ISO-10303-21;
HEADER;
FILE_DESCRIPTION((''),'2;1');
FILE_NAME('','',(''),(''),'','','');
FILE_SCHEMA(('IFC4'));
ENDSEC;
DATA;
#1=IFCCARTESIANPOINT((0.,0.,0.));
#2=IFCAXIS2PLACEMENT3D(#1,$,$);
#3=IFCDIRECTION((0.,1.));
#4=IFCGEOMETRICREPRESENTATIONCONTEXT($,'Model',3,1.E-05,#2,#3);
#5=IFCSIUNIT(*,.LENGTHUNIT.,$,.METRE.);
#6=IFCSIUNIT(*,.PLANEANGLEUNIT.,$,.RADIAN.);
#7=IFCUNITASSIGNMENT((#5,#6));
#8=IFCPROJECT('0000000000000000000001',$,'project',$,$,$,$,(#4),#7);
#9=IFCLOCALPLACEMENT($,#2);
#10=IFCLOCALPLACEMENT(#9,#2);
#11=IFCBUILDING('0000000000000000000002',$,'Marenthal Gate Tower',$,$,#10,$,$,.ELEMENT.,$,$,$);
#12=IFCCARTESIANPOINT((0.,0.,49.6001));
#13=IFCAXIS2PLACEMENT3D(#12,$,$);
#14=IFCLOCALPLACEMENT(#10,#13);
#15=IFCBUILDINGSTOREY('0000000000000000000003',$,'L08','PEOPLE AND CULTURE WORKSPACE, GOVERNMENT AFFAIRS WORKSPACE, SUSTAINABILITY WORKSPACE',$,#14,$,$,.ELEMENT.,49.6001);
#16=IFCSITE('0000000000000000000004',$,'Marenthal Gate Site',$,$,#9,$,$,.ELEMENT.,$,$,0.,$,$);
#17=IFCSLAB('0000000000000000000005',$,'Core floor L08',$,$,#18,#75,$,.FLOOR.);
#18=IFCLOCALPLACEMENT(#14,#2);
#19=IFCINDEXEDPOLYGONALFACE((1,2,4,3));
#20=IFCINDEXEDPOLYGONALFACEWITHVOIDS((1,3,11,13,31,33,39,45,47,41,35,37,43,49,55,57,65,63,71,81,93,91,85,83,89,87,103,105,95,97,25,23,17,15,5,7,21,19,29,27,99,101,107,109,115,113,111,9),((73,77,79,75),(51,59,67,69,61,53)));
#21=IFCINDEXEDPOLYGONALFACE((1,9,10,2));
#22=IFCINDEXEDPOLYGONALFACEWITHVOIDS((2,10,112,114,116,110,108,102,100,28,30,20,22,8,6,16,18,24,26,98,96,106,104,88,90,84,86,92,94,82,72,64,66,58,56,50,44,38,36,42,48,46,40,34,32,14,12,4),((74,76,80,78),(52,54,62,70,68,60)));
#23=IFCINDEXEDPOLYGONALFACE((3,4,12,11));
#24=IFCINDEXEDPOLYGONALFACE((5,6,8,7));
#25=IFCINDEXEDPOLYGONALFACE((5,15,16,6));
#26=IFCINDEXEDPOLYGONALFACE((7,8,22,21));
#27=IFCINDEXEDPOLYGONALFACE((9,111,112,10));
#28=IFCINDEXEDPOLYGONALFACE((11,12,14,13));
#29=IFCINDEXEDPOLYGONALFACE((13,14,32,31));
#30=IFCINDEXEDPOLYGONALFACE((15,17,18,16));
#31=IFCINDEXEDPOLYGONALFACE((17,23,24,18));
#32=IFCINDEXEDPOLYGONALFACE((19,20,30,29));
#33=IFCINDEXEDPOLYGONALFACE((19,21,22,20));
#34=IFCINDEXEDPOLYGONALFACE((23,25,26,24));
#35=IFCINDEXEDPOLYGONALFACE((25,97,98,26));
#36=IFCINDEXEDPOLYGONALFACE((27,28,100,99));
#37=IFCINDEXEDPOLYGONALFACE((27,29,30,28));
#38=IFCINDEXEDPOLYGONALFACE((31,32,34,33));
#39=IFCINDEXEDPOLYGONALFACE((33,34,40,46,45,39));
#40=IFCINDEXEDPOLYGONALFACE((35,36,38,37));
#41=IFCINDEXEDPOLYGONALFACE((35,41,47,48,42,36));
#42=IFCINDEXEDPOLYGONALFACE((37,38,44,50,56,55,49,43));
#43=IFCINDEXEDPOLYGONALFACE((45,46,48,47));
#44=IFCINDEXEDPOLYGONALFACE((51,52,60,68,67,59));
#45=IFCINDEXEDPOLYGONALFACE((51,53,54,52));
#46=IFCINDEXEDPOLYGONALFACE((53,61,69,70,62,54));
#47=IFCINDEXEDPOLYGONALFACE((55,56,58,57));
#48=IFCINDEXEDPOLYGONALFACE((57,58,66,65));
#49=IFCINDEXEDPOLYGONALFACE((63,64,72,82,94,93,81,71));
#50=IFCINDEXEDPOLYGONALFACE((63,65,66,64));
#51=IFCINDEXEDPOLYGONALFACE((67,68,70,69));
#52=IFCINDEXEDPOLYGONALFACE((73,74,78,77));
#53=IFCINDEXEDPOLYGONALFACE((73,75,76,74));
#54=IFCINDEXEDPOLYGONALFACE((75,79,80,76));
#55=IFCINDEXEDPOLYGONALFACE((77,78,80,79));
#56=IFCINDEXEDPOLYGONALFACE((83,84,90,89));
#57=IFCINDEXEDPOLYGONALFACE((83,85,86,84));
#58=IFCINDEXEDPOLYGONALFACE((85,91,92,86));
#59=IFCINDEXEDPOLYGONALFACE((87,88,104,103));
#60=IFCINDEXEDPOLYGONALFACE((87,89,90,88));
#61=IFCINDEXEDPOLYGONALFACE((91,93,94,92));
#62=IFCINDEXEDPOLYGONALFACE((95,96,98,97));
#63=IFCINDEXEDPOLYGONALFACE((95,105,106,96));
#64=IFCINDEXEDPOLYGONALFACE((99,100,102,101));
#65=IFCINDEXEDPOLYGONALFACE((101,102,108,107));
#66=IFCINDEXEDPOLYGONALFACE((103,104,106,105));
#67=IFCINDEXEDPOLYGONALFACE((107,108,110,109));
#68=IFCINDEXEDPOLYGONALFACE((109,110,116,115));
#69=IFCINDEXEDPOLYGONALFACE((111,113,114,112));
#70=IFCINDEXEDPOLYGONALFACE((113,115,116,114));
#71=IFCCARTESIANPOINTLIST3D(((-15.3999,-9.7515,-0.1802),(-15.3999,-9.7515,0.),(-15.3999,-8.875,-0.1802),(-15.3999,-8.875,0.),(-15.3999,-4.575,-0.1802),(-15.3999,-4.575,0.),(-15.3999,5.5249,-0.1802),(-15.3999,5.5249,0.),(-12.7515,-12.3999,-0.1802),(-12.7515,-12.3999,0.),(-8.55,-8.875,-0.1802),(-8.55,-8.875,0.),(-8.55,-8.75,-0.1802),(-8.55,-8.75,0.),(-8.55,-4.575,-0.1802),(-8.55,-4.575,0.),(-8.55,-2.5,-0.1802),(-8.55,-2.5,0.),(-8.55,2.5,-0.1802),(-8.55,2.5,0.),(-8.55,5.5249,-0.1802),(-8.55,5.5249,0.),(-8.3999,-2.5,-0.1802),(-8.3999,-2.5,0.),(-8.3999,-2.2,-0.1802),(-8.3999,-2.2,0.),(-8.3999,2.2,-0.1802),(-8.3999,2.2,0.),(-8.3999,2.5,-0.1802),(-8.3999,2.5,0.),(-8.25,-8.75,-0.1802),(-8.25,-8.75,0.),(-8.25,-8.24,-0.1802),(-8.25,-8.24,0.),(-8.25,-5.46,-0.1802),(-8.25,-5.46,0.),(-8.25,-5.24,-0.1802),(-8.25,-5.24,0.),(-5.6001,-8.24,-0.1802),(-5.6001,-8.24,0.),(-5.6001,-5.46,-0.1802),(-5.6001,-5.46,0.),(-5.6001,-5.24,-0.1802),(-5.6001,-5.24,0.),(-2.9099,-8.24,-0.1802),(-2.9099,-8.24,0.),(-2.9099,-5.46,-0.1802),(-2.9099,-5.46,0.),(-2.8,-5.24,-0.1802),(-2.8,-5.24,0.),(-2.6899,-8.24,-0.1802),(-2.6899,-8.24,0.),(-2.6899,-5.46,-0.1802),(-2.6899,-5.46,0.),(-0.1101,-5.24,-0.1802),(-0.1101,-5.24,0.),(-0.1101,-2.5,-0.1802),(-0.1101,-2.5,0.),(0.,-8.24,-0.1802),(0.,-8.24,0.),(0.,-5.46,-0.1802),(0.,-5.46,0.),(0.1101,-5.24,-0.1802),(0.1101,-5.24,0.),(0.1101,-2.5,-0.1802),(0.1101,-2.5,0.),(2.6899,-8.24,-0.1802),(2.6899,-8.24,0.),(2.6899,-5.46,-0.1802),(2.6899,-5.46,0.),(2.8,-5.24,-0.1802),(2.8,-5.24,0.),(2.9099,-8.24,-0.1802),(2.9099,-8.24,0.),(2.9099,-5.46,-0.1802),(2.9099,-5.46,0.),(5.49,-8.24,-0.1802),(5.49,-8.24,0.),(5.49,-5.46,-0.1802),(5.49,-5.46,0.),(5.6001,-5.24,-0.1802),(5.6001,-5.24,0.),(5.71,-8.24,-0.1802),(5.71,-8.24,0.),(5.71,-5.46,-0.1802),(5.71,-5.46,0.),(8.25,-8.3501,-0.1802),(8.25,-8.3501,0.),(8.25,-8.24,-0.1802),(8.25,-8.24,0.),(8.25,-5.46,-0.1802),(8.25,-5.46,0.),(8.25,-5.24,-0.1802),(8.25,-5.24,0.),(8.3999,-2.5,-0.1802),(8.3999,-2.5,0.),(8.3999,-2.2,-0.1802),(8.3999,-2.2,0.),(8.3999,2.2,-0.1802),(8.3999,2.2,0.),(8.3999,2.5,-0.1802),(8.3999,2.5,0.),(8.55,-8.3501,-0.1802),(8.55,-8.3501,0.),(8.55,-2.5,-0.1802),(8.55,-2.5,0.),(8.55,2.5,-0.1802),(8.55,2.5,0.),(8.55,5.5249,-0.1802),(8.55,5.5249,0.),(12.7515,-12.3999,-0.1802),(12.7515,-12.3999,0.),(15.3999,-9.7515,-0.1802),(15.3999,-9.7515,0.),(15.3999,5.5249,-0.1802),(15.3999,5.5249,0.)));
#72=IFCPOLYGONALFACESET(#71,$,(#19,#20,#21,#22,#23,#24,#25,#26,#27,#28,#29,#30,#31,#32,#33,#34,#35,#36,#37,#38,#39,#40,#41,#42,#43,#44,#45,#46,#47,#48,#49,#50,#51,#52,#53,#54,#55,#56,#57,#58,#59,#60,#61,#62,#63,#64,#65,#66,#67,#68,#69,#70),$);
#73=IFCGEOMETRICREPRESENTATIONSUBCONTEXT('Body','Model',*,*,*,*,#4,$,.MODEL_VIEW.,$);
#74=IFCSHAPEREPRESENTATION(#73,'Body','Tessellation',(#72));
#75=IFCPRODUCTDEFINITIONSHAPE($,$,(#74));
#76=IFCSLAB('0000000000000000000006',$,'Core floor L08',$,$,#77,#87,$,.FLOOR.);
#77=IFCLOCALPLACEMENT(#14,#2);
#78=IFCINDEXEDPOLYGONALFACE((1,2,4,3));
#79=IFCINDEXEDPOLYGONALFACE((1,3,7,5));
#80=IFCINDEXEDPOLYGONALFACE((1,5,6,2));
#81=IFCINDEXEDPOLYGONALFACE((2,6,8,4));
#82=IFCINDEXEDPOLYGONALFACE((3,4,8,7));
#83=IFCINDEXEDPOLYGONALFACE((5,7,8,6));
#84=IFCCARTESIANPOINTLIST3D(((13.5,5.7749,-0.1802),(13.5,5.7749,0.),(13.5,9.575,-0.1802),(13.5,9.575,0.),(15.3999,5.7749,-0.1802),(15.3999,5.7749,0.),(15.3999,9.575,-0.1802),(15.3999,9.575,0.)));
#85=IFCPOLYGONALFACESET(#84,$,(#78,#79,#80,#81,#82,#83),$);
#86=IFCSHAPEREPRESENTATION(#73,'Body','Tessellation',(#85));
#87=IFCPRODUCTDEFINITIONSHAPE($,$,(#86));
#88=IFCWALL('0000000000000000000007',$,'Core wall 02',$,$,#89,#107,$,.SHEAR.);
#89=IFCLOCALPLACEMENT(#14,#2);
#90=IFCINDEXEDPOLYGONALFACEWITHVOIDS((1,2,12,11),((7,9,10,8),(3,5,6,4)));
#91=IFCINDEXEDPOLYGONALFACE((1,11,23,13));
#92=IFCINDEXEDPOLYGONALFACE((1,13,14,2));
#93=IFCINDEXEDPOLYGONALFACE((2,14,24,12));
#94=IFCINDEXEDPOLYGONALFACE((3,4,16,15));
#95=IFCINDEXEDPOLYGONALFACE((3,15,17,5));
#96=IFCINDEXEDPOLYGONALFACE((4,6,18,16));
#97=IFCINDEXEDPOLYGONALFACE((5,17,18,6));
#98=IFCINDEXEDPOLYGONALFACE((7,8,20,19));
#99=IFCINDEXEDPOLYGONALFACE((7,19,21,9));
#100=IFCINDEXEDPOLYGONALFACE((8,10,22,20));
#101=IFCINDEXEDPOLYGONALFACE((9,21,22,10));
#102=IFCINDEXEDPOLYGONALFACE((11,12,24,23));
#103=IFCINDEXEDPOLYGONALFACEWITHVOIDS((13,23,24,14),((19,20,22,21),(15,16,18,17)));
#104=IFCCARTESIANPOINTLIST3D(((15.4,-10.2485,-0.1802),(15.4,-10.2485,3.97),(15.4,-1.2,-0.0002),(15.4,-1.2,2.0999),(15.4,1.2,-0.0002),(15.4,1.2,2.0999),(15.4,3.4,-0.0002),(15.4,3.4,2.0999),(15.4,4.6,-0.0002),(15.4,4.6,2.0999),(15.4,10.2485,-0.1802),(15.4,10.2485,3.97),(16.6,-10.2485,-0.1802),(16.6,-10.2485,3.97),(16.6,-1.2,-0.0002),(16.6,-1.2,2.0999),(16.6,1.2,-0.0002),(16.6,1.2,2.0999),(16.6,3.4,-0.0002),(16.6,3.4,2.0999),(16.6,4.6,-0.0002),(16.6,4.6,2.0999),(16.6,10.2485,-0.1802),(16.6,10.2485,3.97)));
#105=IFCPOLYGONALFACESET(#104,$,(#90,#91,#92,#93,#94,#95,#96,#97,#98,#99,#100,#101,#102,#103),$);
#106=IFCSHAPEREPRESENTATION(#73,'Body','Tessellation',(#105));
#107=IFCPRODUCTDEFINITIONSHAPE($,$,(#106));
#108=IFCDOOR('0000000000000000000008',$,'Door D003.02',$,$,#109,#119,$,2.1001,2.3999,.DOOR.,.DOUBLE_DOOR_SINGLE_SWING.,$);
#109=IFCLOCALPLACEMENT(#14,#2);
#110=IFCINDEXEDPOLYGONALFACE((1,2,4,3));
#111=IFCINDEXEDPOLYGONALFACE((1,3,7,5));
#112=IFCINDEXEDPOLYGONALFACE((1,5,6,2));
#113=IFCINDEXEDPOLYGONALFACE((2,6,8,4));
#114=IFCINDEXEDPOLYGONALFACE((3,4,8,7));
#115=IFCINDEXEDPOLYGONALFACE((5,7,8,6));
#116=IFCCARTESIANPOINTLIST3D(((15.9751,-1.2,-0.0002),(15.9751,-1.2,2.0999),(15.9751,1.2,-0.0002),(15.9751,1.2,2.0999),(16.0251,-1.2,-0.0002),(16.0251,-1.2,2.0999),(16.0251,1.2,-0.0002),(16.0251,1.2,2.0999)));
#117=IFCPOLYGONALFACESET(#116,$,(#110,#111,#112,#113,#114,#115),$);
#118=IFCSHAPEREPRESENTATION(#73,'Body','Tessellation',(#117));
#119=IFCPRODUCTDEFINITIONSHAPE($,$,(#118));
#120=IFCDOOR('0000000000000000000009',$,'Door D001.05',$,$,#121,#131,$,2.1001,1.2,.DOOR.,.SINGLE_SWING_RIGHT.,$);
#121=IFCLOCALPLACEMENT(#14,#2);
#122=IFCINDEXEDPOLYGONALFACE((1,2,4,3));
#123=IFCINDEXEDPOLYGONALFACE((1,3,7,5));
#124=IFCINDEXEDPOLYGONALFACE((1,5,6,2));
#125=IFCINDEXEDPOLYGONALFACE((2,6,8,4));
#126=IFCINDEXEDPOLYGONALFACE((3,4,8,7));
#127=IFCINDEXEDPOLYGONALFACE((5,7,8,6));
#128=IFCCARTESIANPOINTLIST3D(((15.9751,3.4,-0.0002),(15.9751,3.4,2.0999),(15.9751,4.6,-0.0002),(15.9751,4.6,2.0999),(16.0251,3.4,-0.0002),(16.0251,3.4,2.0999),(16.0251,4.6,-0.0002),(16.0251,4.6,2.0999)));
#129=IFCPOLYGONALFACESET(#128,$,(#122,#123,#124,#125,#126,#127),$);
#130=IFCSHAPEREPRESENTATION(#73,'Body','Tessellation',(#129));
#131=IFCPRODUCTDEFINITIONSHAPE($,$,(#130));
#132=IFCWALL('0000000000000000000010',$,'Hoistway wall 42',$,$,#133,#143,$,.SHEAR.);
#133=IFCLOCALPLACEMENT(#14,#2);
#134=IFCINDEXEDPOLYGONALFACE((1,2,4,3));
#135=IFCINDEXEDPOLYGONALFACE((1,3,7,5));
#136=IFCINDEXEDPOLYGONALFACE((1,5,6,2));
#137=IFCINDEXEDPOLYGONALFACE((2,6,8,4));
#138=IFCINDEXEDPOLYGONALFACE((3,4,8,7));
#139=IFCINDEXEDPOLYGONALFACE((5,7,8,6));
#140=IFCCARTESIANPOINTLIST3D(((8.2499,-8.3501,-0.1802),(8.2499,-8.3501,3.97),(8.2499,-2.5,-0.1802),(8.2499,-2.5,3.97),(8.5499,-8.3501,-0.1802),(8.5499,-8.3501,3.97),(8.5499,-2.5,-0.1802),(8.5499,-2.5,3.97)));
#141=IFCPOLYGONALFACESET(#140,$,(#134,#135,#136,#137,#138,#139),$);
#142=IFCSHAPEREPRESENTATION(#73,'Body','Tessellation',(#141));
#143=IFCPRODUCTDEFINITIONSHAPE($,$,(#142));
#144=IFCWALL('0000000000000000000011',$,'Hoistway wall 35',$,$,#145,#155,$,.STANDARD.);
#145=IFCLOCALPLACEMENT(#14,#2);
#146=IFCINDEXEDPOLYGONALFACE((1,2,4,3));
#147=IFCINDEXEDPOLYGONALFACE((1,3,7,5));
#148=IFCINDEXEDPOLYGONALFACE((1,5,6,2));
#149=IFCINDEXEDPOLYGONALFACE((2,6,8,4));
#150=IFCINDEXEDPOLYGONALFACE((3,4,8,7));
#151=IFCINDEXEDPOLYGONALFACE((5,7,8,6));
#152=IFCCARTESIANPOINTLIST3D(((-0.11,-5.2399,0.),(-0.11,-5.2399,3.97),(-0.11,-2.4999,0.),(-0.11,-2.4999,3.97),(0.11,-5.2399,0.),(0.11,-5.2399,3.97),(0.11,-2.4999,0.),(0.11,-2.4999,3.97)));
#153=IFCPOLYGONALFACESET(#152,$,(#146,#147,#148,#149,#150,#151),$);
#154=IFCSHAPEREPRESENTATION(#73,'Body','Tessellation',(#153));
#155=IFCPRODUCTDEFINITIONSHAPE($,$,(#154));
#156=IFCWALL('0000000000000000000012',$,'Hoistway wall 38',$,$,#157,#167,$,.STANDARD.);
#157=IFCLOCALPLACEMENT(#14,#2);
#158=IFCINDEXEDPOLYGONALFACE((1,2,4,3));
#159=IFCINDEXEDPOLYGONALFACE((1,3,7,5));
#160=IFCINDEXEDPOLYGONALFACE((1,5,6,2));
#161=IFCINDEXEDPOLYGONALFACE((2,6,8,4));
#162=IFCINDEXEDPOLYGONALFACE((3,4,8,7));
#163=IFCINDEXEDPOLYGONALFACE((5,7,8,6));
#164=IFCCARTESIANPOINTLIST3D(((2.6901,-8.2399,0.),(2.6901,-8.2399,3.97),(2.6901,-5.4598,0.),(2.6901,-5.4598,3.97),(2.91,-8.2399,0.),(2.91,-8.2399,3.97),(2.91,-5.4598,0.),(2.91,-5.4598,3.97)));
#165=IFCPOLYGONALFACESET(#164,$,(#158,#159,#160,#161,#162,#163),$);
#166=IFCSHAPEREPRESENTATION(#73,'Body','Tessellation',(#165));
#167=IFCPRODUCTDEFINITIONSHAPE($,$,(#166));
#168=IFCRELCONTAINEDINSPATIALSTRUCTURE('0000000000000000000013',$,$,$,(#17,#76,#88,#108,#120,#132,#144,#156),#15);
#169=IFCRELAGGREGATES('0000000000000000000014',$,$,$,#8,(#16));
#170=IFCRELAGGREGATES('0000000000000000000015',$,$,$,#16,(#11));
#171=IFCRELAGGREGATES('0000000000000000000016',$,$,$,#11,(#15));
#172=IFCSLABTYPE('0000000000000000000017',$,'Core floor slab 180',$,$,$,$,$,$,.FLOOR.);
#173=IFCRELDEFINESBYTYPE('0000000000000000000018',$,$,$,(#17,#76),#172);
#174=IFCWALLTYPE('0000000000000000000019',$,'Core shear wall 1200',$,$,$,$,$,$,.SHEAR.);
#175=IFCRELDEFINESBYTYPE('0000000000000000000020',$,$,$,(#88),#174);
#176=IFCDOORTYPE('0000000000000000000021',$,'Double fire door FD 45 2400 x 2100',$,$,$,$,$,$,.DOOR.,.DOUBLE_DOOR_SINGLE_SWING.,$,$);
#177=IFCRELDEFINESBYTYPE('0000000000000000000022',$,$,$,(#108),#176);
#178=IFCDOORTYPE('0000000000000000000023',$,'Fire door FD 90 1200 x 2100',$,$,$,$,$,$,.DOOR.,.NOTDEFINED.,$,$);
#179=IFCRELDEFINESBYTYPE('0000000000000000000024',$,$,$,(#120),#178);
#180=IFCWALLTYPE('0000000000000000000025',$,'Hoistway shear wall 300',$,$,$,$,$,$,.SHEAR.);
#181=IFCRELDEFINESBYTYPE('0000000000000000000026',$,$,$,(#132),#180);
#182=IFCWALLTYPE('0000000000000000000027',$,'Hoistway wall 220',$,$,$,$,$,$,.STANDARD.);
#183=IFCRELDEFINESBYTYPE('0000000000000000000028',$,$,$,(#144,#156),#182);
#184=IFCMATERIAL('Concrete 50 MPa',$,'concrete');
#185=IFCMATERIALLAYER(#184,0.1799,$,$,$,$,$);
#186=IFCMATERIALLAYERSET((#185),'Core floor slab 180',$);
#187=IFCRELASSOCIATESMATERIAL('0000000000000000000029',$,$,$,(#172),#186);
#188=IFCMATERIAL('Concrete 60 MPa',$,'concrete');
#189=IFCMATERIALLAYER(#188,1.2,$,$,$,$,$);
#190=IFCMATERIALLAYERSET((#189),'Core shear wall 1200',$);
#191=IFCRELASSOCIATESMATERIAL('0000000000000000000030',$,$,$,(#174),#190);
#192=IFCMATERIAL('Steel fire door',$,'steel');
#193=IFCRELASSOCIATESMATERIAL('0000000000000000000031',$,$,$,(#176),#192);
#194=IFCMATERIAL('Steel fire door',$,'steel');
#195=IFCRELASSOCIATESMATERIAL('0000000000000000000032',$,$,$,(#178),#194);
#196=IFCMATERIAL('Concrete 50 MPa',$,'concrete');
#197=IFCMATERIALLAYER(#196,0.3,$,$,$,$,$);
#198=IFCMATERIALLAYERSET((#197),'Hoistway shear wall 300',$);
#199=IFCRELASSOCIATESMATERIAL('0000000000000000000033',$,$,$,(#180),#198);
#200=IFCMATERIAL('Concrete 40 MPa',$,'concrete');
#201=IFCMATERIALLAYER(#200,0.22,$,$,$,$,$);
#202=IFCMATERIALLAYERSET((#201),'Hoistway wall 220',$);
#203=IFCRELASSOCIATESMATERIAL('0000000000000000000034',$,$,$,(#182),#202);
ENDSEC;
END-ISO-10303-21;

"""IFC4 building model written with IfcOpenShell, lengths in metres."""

from ifc_helpers import new_model, si_unit, direction, frame, frame_2d, origin, place, context, subcontext, project, spatial, polyline, rectangle, outline, extrude, material, layer, layer_set, type_object, element, fill, save


model = new_model("IFC4")

# Units and contexts
model_context = context("Model", 3, precision=1e-05, world=origin(), true_north=direction((0.0, 1.0)))
body_context = subcontext(model_context, "Body", "Model", "MODEL_VIEW")
ifc_project = project(units=[si_unit("LENGTHUNIT", "METRE"), si_unit("PLANEANGLEUNIT", "RADIAN")], contexts=[model_context])

# Site, building, storey
site_placement = place(None, origin())
site = spatial("IfcSite", under=ifc_project, at=site_placement, Name="Marenthal Gate Site", CompositionType="ELEMENT", RefElevation=0.0)
building_placement = place(site_placement, origin())
building = spatial("IfcBuilding", under=site, at=building_placement, Name="Marenthal Gate Tower", CompositionType="ELEMENT")
storey_placement = place(building_placement, frame((0.0, 0.0, 49.6001)))
storey = spatial("IfcBuildingStorey", under=building, at=storey_placement, Name="L08", Description="PEOPLE AND CULTURE WORKSPACE, GOVERNMENT AFFAIRS WORKSPACE, SUSTAINABILITY WORKSPACE", CompositionType="ELEMENT", Elevation=49.6001)

# Slabs
ifc_material_1 = material(Name="Concrete 50 MPa", Category="concrete")
ifc_layer_1 = layer(ifc_material_1, 0.1799)
ifc_layer_set_1 = layer_set([ifc_layer_1], Name="Core floor slab 180")
slab_type_1 = type_object("IfcSlabType", Name="Core floor slab 180", PredefinedType="FLOOR", material=ifc_layer_set_1)
slab_1_placement = place(storey_placement, frame((0.0, 0.0, -0.1802)))
element("IfcSlab", 1, at=slab_1_placement, inside=storey, type_object=slab_type_1, Name="Core floor L08", PredefinedType="FLOOR", context=body_context, shape_type="SweptSolid", body=[
    extrude(outline(polyline([(15.3999, -9.7515), (12.7515, -12.3999), (-12.7515, -12.3999), (-15.3999, -9.7515), (-15.3999, -8.875), (-8.55, -8.875), (-8.55, -8.75), (-8.25, -8.75), (-8.25, -8.24), (-5.6001, -8.24), (-2.9099, -8.24), (-2.9099, -5.46), (-5.6001, -5.46), (-8.25, -5.46), (-8.25, -5.24), (-5.6001, -5.24), (-2.8, -5.24), (-0.1101, -5.24), (-0.1101, -2.5), (0.1101, -2.5), (0.1101, -5.24), (2.8, -5.24), (5.6001, -5.24), (8.25, -5.24), (8.25, -5.46), (5.71, -5.46), (5.71, -8.24), (8.25, -8.24), (8.25, -8.3501), (8.55, -8.3501), (8.55, -2.5), (8.3999, -2.5), (8.3999, -2.2), (-8.3999, -2.2), (-8.3999, -2.5), (-8.55, -2.5), (-8.55, -4.575), (-15.3999, -4.575), (-15.3999, 5.5249), (-8.55, 5.5249), (-8.55, 2.5), (-8.3999, 2.5), (-8.3999, 2.2), (8.3999, 2.2), (8.3999, 2.5), (8.55, 2.5), (8.55, 5.5249), (15.3999, 5.5249), (15.3999, -9.7515)]), holes=[polyline([(2.6899, -5.46), (0.0, -5.46), (-2.6899, -5.46), (-2.6899, -8.24), (0.0, -8.24), (2.6899, -8.24), (2.6899, -5.46)]), polyline([(5.49, -5.46), (2.9099, -5.46), (2.9099, -8.24), (5.49, -8.24), (5.49, -5.46)])]), origin(), (0.0, 0.0, 1.0), 0.1802),
])
slab_2_placement = place(storey_placement, frame((0.0, 0.0, -0.1802)))
element("IfcSlab", 2, at=slab_2_placement, inside=storey, type_object=slab_type_1, Name="Core floor L08", PredefinedType="FLOOR", context=body_context, shape_type="SweptSolid", body=[
    extrude(outline(polyline([(15.3999, 5.7749), (13.5, 5.7749), (13.5, 9.575), (15.3999, 9.575), (15.3999, 5.7749)])), origin(), (0.0, 0.0, 1.0), 0.1802),
])

# Wall, openings, doors
ifc_material_2 = material(Name="Concrete 60 MPa", Category="concrete")
ifc_layer_2 = layer(ifc_material_2, 1.2)
ifc_layer_set_2 = layer_set([ifc_layer_2], Name="Core shear wall 1200")
wall_type_1 = type_object("IfcWallType", Name="Core shear wall 1200", PredefinedType="SHEAR", material=ifc_layer_set_2)
wall_1_placement = place(storey_placement, frame((16.0, -10.2485, -0.1802), z_axis=(0.0, 0.0, 1.0), x_axis=(0.0, 1.0, 0.0)))
wall_1 = element("IfcWall", 3, at=wall_1_placement, inside=storey, type_object=wall_type_1, Name="Core wall 02", PredefinedType="SHEAR", context=body_context, shape_type="SweptSolid", body=[
    extrude(rectangle(XDim=20.4971, YDim=1.2, at=frame_2d((10.2485, 0.0))), origin(), (0.0, 0.0, 1.0), 4.1501),
])
opening_1_placement = place(wall_1_placement, frame((9.0486, 0.0, 0.1799)))
opening_1 = element("IfcOpeningElement", 4, at=opening_1_placement, cuts=wall_1, PredefinedType="OPENING", context=body_context, shape_type="SweptSolid", body=[
    extrude(rectangle(XDim=2.3999, YDim=2.1001, at=frame_2d((1.2, 1.05))), frame((0.0, 0.6099, 0.0), z_axis=(0.0, -1.0, 0.0), x_axis=(1.0, 0.0, 0.0)), (0.0, 0.0, 1.0), 1.22),
])
opening_2_placement = place(wall_1_placement, frame((13.6484, 0.0, 0.1799)))
opening_2 = element("IfcOpeningElement", 5, at=opening_2_placement, cuts=wall_1, PredefinedType="OPENING", context=body_context, shape_type="SweptSolid", body=[
    extrude(rectangle(XDim=1.2, YDim=2.1001, at=frame_2d((0.6001, 1.05))), frame((0.0, 0.6099, 0.0), z_axis=(0.0, -1.0, 0.0), x_axis=(1.0, 0.0, 0.0)), (0.0, 0.0, 1.0), 1.22),
])
ifc_material_3 = material(Name="Steel fire door", Category="steel")
door_type_1 = type_object("IfcDoorType", Name="Double fire door FD 45 2400 x 2100", OperationType="DOUBLE_DOOR_SINGLE_SWING", PredefinedType="DOOR", material=ifc_material_3)
door_1_placement = place(opening_1_placement, origin())
door_1 = element("IfcDoor", 6, at=door_1_placement, inside=storey, type_object=door_type_1, Name="Door D003.02", OperationType="DOUBLE_DOOR_SINGLE_SWING", OverallHeight=2.1001, OverallWidth=2.3999, PredefinedType="DOOR", context=body_context, shape_type="SweptSolid", body=[
    extrude(rectangle(XDim=2.3999, YDim=2.1001, at=frame_2d((1.2, 1.05))), frame((0.0, 0.0249, 0.0), z_axis=(0.0, -1.0, 0.0), x_axis=(1.0, 0.0, 0.0)), (0.0, 0.0, 1.0), 0.05),
])
fill(opening_1, door_1)
ifc_material_4 = material(Name="Steel fire door", Category="steel")
door_type_2 = type_object("IfcDoorType", Name="Fire door FD 90 1200 x 2100", OperationType="NOTDEFINED", PredefinedType="DOOR", material=ifc_material_4)
door_2_placement = place(opening_2_placement, origin())
door_2 = element("IfcDoor", 7, at=door_2_placement, inside=storey, type_object=door_type_2, Name="Door D001.05", OperationType="SINGLE_SWING_RIGHT", OverallHeight=2.1001, OverallWidth=1.2, PredefinedType="DOOR", context=body_context, shape_type="SweptSolid", body=[
    extrude(rectangle(XDim=1.2, YDim=2.1001, at=frame_2d((0.6001, 1.05))), frame((0.0, 0.0249, 0.0), z_axis=(0.0, -1.0, 0.0), x_axis=(1.0, 0.0, 0.0)), (0.0, 0.0, 1.0), 0.05),
])
fill(opening_2, door_2)

# Walls
ifc_material_5 = material(Name="Concrete 50 MPa", Category="concrete")
ifc_layer_3 = layer(ifc_material_5, 0.3)
ifc_layer_set_3 = layer_set([ifc_layer_3], Name="Hoistway shear wall 300")
wall_type_2 = type_object("IfcWallType", Name="Hoistway shear wall 300", PredefinedType="SHEAR", material=ifc_layer_set_3)
wall_2_placement = place(storey_placement, frame((8.3999, -8.3501, -0.1802), z_axis=(0.0, 0.0, 1.0), x_axis=(0.0, 1.0, 0.0)))
element("IfcWall", 8, at=wall_2_placement, inside=storey, type_object=wall_type_2, Name="Hoistway wall 42", PredefinedType="SHEAR", context=body_context, shape_type="SweptSolid", body=[
    extrude(rectangle(XDim=5.8501, YDim=0.3, at=frame_2d((2.925, 0.0))), origin(), (0.0, 0.0, 1.0), 4.1501),
])
ifc_material_6 = material(Name="Concrete 40 MPa", Category="concrete")
ifc_layer_4 = layer(ifc_material_6, 0.22)
ifc_layer_set_4 = layer_set([ifc_layer_4], Name="Hoistway wall 220")
wall_type_3 = type_object("IfcWallType", Name="Hoistway wall 220", PredefinedType="STANDARD", material=ifc_layer_set_4)
wall_3_placement = place(storey_placement, frame((0.0, -5.24, 0.0), z_axis=(0.0, 0.0, 1.0), x_axis=(0.0, 1.0, 0.0)))
element("IfcWall", 9, at=wall_3_placement, inside=storey, type_object=wall_type_3, Name="Hoistway wall 35", PredefinedType="STANDARD", context=body_context, shape_type="SweptSolid", body=[
    extrude(rectangle(XDim=2.74, YDim=0.22, at=frame_2d((1.3701, 0.0))), origin(), (0.0, 0.0, 1.0), 3.97),
])
for number, where, z_axis, x_axis, name in (
    (10, (2.8, -8.24, 0.0), (0.0, 0.0, 1.0), (0.0, 1.0, 0.0), "Hoistway wall 38"),
):
    element("IfcWall", number, at=place(storey_placement, frame(where, z_axis=z_axis, x_axis=x_axis)), inside=storey, type_object=wall_type_3, Name=name, PredefinedType="STANDARD", context=body_context, shape_type="SweptSolid", body=[
        extrude(rectangle(XDim=2.78, YDim=0.22, at=frame_2d((1.3901, 0.0))), origin(), (0.0, 0.0, 1.0), 3.97),
    ])

save(model, "model.ifc")
